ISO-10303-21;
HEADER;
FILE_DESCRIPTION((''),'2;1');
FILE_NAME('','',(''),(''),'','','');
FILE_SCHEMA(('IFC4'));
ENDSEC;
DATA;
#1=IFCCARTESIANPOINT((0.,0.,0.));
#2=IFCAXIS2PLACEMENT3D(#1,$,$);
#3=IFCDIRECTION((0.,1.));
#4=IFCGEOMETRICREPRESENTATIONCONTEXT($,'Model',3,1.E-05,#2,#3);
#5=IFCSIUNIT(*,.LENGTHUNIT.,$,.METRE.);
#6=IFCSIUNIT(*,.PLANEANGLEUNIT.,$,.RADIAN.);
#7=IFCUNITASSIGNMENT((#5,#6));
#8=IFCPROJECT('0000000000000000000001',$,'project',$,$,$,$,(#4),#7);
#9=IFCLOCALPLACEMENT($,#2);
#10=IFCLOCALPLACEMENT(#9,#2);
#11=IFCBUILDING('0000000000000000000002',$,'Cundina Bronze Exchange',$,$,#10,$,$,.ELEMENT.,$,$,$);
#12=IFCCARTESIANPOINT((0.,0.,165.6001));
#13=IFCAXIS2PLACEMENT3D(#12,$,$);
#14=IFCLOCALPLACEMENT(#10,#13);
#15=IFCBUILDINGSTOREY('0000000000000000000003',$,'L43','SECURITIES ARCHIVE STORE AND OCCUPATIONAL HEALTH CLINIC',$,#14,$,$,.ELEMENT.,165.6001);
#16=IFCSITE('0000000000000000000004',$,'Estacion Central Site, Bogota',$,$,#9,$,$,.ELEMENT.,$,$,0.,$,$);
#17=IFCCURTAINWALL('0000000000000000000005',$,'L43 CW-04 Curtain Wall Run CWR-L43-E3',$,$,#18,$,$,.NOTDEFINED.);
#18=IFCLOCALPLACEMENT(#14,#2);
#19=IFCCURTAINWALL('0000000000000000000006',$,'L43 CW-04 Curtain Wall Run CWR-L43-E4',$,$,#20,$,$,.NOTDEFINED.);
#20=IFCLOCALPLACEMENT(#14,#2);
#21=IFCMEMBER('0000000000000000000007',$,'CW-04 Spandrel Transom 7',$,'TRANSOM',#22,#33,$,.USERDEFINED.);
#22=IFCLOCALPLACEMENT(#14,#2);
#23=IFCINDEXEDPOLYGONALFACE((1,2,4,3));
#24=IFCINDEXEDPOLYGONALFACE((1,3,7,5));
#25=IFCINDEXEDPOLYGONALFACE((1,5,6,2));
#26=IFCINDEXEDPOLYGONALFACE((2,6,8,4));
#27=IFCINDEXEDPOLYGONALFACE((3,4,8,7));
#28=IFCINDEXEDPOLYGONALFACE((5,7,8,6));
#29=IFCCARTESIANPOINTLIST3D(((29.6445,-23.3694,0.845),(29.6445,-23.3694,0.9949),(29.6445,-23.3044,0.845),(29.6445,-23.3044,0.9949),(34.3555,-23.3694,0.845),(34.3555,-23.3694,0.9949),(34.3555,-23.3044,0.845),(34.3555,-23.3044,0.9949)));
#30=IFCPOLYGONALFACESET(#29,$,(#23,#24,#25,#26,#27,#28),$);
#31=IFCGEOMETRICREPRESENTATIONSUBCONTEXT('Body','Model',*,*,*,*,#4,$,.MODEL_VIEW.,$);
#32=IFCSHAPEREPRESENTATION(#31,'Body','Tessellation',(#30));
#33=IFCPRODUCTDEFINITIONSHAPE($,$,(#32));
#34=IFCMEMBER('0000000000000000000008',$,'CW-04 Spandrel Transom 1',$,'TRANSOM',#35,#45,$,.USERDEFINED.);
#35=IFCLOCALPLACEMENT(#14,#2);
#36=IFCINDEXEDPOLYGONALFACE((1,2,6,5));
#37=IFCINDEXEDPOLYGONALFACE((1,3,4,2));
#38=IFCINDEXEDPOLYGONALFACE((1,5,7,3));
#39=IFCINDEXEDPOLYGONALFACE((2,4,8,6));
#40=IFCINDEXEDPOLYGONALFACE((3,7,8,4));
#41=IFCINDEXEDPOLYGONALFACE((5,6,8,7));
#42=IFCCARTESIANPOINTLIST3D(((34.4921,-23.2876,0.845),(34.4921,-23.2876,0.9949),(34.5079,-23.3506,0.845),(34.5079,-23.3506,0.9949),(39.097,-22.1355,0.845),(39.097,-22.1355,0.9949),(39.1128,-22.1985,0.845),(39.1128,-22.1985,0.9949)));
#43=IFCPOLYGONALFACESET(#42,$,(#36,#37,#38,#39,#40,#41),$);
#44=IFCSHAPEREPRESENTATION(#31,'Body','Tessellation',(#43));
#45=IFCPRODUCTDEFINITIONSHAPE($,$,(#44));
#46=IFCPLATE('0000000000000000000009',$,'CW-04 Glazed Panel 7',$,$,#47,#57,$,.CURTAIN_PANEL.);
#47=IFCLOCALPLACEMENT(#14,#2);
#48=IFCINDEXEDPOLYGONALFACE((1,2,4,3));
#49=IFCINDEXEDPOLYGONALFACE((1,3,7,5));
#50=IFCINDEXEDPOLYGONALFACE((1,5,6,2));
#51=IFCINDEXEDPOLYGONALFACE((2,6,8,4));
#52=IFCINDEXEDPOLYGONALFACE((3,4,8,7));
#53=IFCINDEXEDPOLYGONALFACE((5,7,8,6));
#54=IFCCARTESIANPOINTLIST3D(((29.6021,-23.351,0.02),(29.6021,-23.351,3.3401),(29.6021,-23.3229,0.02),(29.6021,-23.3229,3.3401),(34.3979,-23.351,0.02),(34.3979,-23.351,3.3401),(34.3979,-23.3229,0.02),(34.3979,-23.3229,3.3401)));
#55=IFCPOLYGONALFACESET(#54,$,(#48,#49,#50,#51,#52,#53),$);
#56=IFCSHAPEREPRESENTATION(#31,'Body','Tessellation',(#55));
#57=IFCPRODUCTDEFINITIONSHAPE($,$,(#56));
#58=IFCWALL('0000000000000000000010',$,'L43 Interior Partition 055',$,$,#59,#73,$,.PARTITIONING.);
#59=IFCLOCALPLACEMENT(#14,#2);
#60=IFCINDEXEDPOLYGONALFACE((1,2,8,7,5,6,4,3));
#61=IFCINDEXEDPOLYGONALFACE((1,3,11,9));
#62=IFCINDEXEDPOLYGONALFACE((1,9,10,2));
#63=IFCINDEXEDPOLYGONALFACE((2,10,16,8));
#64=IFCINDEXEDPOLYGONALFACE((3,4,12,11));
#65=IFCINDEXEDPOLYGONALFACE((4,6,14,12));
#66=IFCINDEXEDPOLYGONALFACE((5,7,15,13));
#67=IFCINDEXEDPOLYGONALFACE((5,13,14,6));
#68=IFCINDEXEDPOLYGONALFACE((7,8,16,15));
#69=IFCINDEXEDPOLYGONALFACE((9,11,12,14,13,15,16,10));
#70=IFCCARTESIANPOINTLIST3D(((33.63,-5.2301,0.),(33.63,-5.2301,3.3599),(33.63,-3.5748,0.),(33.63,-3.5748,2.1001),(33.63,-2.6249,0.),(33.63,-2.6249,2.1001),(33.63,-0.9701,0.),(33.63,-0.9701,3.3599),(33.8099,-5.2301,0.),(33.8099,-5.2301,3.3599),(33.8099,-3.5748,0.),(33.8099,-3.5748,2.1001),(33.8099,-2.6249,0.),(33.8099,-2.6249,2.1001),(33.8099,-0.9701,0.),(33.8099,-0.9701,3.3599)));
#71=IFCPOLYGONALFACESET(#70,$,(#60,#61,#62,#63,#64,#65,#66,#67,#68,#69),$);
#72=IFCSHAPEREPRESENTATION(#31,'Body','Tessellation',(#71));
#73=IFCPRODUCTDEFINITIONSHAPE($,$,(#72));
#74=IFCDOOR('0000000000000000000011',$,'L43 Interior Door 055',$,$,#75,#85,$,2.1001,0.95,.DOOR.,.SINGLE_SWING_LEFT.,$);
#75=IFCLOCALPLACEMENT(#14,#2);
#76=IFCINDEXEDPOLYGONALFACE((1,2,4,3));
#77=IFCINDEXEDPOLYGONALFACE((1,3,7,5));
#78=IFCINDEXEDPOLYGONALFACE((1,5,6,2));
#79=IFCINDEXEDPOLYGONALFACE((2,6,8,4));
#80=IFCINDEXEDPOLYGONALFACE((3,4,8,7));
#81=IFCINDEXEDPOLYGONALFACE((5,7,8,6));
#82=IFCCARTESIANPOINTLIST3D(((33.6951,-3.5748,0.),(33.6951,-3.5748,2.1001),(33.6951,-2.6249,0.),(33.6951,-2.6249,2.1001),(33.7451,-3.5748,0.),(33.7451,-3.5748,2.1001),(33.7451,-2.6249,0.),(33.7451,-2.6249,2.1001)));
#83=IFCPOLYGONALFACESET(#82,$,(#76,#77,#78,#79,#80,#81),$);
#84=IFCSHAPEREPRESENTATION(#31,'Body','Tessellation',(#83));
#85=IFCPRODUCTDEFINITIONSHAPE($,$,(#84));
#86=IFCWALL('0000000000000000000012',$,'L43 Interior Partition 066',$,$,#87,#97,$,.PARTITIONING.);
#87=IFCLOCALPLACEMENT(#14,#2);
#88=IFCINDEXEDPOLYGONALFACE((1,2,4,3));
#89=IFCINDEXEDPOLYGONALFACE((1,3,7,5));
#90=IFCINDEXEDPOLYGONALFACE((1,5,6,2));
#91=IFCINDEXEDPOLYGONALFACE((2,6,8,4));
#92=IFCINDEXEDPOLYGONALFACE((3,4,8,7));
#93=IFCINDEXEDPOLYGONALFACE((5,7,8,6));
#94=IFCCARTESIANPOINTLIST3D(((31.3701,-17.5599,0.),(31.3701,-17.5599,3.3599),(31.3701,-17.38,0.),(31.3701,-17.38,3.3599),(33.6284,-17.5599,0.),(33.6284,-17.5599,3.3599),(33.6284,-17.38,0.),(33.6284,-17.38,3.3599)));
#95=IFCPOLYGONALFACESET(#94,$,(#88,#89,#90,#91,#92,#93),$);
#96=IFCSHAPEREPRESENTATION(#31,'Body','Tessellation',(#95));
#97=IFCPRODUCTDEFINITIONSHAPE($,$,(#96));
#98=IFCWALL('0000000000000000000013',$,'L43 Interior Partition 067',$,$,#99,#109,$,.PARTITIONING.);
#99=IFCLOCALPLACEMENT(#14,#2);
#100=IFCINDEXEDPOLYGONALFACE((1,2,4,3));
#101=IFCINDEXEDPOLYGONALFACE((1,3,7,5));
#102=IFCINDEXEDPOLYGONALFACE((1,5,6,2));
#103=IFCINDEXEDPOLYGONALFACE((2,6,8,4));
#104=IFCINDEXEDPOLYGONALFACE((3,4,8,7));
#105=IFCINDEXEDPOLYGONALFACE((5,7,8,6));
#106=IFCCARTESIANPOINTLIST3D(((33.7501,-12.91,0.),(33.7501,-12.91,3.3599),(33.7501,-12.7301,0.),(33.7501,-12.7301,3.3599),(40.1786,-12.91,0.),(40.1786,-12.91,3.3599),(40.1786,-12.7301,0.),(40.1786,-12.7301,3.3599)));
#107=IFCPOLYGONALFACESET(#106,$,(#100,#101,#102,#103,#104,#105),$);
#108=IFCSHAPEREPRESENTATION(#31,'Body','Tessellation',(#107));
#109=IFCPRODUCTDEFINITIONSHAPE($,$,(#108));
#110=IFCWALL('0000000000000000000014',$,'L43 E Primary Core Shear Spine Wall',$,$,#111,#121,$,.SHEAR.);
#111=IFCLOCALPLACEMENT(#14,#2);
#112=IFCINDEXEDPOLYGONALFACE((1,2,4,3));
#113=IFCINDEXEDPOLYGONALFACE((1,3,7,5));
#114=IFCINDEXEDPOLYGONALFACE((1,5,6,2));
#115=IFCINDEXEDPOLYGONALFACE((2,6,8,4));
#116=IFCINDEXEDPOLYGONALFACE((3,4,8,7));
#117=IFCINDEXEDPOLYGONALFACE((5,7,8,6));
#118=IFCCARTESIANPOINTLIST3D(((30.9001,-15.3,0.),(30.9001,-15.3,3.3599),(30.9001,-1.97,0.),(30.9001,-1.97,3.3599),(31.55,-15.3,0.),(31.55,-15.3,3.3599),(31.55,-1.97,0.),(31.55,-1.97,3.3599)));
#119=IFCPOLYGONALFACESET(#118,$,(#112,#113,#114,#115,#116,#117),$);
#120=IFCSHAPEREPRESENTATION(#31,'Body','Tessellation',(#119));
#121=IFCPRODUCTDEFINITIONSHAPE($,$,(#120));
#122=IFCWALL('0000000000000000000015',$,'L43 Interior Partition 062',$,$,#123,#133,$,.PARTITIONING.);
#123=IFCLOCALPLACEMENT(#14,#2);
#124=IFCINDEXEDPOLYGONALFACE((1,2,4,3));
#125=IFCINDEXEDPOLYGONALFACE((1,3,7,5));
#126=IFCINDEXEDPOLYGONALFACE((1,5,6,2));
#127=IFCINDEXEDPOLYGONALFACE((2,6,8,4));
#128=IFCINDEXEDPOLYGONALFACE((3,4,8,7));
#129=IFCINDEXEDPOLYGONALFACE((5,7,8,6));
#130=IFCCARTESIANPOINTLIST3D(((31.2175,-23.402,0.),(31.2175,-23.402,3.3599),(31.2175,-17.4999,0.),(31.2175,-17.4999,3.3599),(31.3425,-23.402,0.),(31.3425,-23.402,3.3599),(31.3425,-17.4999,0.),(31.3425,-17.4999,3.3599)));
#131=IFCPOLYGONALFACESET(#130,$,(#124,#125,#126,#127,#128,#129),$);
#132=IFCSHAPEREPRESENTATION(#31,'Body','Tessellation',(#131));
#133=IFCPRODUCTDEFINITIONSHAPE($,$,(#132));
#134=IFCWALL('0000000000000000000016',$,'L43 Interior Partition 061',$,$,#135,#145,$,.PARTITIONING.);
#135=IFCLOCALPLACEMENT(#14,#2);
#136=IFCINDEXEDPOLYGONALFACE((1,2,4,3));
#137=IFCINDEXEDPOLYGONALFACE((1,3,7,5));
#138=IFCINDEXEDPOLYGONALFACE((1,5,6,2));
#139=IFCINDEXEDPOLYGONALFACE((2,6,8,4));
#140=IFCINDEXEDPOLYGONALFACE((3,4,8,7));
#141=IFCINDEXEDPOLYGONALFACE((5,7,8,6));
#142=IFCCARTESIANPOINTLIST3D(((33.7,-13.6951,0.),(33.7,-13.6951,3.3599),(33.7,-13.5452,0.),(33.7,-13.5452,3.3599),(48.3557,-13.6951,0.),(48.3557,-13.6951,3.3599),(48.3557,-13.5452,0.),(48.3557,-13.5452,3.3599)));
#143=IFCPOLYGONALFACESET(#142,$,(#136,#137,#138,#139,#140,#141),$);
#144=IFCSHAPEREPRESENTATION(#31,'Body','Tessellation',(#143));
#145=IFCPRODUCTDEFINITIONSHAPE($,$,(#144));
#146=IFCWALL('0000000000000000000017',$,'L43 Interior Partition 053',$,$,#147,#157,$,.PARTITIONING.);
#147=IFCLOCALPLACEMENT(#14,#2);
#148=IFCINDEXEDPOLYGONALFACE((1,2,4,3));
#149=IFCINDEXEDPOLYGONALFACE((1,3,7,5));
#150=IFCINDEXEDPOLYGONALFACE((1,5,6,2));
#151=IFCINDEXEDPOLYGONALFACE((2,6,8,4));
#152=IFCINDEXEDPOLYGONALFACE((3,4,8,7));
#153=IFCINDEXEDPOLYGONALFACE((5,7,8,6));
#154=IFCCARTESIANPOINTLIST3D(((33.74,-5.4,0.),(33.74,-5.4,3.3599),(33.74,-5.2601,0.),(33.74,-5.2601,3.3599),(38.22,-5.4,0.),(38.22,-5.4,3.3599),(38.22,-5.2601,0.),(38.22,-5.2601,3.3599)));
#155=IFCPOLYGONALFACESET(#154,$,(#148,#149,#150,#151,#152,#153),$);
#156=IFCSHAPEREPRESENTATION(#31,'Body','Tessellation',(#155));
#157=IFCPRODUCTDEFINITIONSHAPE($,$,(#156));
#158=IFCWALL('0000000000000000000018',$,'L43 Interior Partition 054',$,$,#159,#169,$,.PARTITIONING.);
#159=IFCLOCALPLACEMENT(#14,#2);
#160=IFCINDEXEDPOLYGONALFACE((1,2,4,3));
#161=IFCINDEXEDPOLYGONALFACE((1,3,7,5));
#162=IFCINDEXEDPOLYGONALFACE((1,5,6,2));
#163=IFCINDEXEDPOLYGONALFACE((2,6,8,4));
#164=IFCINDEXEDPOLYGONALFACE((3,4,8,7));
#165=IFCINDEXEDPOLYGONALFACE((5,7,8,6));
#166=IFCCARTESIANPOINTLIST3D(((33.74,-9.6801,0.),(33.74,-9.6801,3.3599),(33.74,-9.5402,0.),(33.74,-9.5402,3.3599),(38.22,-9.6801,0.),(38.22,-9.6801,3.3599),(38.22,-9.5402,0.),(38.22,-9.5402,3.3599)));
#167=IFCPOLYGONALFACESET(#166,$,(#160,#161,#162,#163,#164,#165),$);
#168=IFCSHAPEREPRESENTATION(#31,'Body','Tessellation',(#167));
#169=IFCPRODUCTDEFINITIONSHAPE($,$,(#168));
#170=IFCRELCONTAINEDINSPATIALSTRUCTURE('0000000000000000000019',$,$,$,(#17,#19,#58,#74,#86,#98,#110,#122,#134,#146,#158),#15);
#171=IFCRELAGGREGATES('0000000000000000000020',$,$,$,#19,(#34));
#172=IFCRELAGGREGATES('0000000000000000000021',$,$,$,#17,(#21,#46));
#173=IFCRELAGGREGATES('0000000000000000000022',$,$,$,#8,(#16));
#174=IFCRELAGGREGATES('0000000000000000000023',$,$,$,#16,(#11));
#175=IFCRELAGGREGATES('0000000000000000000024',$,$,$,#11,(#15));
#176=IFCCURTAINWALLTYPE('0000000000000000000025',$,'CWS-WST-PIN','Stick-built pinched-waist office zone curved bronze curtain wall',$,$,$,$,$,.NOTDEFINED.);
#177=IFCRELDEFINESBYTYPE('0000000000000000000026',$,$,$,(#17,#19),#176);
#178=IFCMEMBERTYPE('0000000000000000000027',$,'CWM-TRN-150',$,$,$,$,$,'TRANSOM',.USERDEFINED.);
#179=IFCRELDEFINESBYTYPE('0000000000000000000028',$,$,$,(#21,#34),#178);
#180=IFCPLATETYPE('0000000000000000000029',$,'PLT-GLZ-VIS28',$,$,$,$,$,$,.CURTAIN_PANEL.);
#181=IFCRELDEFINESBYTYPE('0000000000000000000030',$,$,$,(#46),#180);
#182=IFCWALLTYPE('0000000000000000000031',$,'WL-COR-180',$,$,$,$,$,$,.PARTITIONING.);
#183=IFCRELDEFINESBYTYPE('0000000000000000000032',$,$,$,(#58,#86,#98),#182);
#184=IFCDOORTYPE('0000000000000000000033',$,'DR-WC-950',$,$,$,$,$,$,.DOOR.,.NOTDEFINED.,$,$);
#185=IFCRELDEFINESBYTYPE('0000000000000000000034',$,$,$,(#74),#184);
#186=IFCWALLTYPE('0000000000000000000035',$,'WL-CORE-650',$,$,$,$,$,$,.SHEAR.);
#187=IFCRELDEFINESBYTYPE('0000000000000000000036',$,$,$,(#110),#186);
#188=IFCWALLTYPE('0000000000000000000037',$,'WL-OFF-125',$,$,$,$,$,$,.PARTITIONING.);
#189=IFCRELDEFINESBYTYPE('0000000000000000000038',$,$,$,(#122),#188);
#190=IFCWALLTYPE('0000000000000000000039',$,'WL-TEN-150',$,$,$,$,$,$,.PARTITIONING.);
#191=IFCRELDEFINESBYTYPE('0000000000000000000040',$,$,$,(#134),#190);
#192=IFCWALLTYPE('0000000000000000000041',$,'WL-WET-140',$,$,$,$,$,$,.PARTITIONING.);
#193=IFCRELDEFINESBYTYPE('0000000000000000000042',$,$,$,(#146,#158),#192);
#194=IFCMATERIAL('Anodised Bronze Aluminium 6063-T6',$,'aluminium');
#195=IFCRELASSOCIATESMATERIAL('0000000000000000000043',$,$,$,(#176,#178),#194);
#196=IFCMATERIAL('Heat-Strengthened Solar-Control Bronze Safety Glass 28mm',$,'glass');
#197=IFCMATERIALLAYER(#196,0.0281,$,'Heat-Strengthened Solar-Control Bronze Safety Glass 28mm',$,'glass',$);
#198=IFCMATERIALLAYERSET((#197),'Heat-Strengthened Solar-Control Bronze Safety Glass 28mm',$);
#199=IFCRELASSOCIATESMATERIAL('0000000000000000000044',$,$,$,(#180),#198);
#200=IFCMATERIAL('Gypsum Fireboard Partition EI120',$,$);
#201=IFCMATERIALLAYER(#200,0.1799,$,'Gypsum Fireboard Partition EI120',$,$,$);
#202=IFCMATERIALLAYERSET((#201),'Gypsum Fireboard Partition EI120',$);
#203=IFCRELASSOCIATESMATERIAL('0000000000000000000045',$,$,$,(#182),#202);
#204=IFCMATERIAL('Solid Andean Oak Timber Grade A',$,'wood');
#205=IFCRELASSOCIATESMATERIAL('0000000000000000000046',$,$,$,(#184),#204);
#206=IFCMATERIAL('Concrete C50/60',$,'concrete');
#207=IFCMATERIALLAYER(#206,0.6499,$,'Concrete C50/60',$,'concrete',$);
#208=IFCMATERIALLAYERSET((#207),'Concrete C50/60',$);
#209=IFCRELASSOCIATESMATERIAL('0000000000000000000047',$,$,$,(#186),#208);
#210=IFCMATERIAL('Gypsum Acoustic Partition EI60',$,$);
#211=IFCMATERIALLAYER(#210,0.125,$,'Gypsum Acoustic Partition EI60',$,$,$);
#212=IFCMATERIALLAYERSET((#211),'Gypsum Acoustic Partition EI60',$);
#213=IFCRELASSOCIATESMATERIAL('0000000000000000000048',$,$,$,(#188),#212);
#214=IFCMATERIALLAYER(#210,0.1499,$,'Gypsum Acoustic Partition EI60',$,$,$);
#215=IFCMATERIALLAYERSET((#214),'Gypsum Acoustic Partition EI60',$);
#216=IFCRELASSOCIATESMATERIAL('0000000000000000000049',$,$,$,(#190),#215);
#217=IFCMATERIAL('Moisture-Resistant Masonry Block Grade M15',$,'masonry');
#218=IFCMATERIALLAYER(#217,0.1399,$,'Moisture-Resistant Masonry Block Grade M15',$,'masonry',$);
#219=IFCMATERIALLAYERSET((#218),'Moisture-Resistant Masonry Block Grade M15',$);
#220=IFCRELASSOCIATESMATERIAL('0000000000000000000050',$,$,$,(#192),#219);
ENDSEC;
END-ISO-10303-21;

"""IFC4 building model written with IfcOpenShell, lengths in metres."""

from ifc_helpers import new_model, si_unit, direction, frame, frame_2d, origin, origin_2d, place, context, subcontext, project, spatial, rectangle, extrude, material, layer, layer_set, material_profile, profile_set, type_object, element, fill, aggregate, save


model = new_model("IFC4")

# Units and contexts
model_context = context("Model", 3, precision=1e-05, world=origin(), true_north=direction((0.0, 1.0)))
body_context = subcontext(model_context, "Body", "Model", "MODEL_VIEW")
ifc_project = project(units=[si_unit("LENGTHUNIT", "METRE"), si_unit("PLANEANGLEUNIT", "RADIAN")], contexts=[model_context])

# Site, building, storey
site_placement = place(None, origin())
site = spatial("IfcSite", under=ifc_project, at=site_placement, Name="Estacion Central Site, Bogota", CompositionType="ELEMENT", RefElevation=0.0)
building_placement = place(site_placement, origin())
building = spatial("IfcBuilding", under=site, at=building_placement, Name="Cundina Bronze Exchange", CompositionType="ELEMENT")
storey_placement = place(building_placement, frame((0.0, 0.0, 165.6001)))
storey = spatial("IfcBuildingStorey", under=building, at=storey_placement, Name="L43", Description="SECURITIES ARCHIVE STORE AND OCCUPATIONAL HEALTH CLINIC", CompositionType="ELEMENT", Elevation=165.6001)

# Shared definitions
ifc_material_1 = material(Name="Concrete C50/60", Category="concrete")

# Curtain wall
ifc_material_2 = material(Name="Anodised Bronze Aluminium 6063-T6", Category="aluminium")
curtain_wall_type = type_object("IfcCurtainWallType", Name="CWS-WST-PIN", Description="Stick-built pinched-waist office zone curved bronze curtain wall", PredefinedType="NOTDEFINED", material=ifc_material_2)
curtain_wall_1_placement = place(storey_placement, origin())
curtain_wall_1 = element("IfcCurtainWall", 1, at=curtain_wall_1_placement, inside=storey, type_object=curtain_wall_type, Name="L43 CW-04 Curtain Wall Run CWR-L43-E3", PredefinedType="NOTDEFINED")

# Curtain wall
curtain_wall_2_placement = place(storey_placement, origin())
curtain_wall_2 = element("IfcCurtainWall", 2, at=curtain_wall_2_placement, inside=storey, type_object=curtain_wall_type, Name="L43 CW-04 Curtain Wall Run CWR-L43-E4", PredefinedType="NOTDEFINED")

# Members
ifc_material_profile_1 = material_profile(ifc_material_2, rectangle(XDim=0.0649, YDim=0.1499, at=origin_2d()), Name="AL65X150", Category="aluminium")
ifc_profile_set_1 = profile_set([ifc_material_profile_1], Name="Anodised Bronze Aluminium 6063-T6")
member_type_1 = type_object("IfcMemberType", Name="CWM-TRN-150", ElementType="TRANSOM", PredefinedType="USERDEFINED", material=ifc_profile_set_1)
member_1_placement = place(storey_placement, frame((29.6445, -23.3369, 0.9199), z_axis=(1.0, 0.0, 0.0), x_axis=(0.0, 1.0, 0.0)))
member_1 = element("IfcMember", 3, at=member_1_placement, type_object=member_type_1, Name="CW-04 Spandrel Transom 7", ObjectType="TRANSOM", PredefinedType="USERDEFINED", context=body_context, shape_type="SweptSolid", body=[
    extrude(rectangle(XDim=0.0649, YDim=0.1499, at=origin_2d()), origin(), (0.0, 0.0, 1.0), 4.7109),
])
member_2_placement = place(storey_placement, frame((34.5, -23.3191, 0.9199), z_axis=(0.9701, 0.242705, 0.0), x_axis=(-0.242705, 0.9701, 0.0)))
member_2 = element("IfcMember", 4, at=member_2_placement, type_object=member_type_1, Name="CW-04 Spandrel Transom 1", ObjectType="TRANSOM", PredefinedType="USERDEFINED", context=body_context, shape_type="SweptSolid", body=[
    extrude(rectangle(XDim=0.0649, YDim=0.1499, at=origin_2d()), origin(), (0.0, 0.0, 1.0), 4.7468),
])
aggregate(curtain_wall_2, [member_2])

# Plate
ifc_material_3 = material(Name="Heat-Strengthened Solar-Control Bronze Safety Glass 28mm", Category="glass")
ifc_layer_1 = layer(ifc_material_3, 0.0281, Name="Heat-Strengthened Solar-Control Bronze Safety Glass 28mm", Category="glass")
ifc_layer_set_1 = layer_set([ifc_layer_1], Name="Heat-Strengthened Solar-Control Bronze Safety Glass 28mm")
plate_type = type_object("IfcPlateType", Name="PLT-GLZ-VIS28", PredefinedType="CURTAIN_PANEL", material=ifc_layer_set_1)
plate_placement = place(storey_placement, frame((32.0, -23.3369, 0.02), z_axis=(0.0, 0.0, 1.0), x_axis=(1.0, 0.0, 0.0)))
plate = element("IfcPlate", 5, at=plate_placement, type_object=plate_type, Name="CW-04 Glazed Panel 7", PredefinedType="CURTAIN_PANEL", context=body_context, shape_type="SweptSolid", body=[
    extrude(rectangle(XDim=4.7959, YDim=0.0281, at=origin_2d()), origin(), (0.0, 0.0, 1.0), 3.3201),
])
aggregate(curtain_wall_1, [member_1, plate])

# Wall, opening, door
ifc_material_4 = material(Name="Gypsum Fireboard Partition EI120")
ifc_layer_2 = layer(ifc_material_4, 0.1799, Name="Gypsum Fireboard Partition EI120")
ifc_layer_set_2 = layer_set([ifc_layer_2], Name="Gypsum Fireboard Partition EI120")
wall_type_1 = type_object("IfcWallType", Name="WL-COR-180", PredefinedType="PARTITIONING", material=ifc_layer_set_2)
wall_1_placement = place(storey_placement, frame((33.72, -5.23, 0.0), z_axis=(0.0, 0.0, 1.0), x_axis=(0.0, 1.0, 0.0)))
wall_1 = element("IfcWall", 6, at=wall_1_placement, inside=storey, type_object=wall_type_1, Name="L43 Interior Partition 055", PredefinedType="PARTITIONING", context=body_context, shape_type="SweptSolid", body=[
    extrude(rectangle(XDim=4.26, YDim=0.1799, at=frame_2d((2.1299, 0.0))), origin(), (0.0, 0.0, 1.0), 3.3599),
])
opening_1_placement = place(wall_1_placement, frame((1.655, 0.0, 0.0)))
opening_1 = element("IfcOpeningElement", 7, at=opening_1_placement, cuts=wall_1, PredefinedType="OPENING", context=body_context, shape_type="SweptSolid", body=[
    extrude(rectangle(XDim=0.95, YDim=2.1001, at=frame_2d((0.4751, 1.05))), frame((0.0, 0.0999, 0.0), z_axis=(0.0, -1.0, 0.0), x_axis=(1.0, 0.0, 0.0)), (0.0, 0.0, 1.0), 0.2),
])
ifc_material_5 = material(Name="Solid Andean Oak Timber Grade A", Category="wood")
door_type_1 = type_object("IfcDoorType", Name="DR-WC-950", OperationType="NOTDEFINED", PredefinedType="DOOR", material=ifc_material_5)
door_1_placement = place(opening_1_placement, origin())
door_1 = element("IfcDoor", 8, at=door_1_placement, inside=storey, type_object=door_type_1, Name="L43 Interior Door 055", OperationType="SINGLE_SWING_LEFT", OverallHeight=2.1001, OverallWidth=0.95, PredefinedType="DOOR", context=body_context, shape_type="SweptSolid", body=[
    extrude(rectangle(XDim=0.95, YDim=2.1001, at=frame_2d((0.4751, 1.05))), frame((0.0, 0.0249, 0.0), z_axis=(0.0, -1.0, 0.0), x_axis=(1.0, 0.0, 0.0)), (0.0, 0.0, 1.0), 0.05),
])
fill(opening_1, door_1)

# Walls
wall_2_placement = place(storey_placement, frame((31.3701, -17.47, 0.0), z_axis=(0.0, 0.0, 1.0), x_axis=(1.0, 0.0, 0.0)))
element("IfcWall", 9, at=wall_2_placement, inside=storey, type_object=wall_type_1, Name="L43 Interior Partition 066", PredefinedType="PARTITIONING", context=body_context, shape_type="SweptSolid", body=[
    extrude(rectangle(XDim=2.2583, YDim=0.1799, at=frame_2d((1.1292, 0.0))), origin(), (0.0, 0.0, 1.0), 3.3599),
])
wall_3_placement = place(storey_placement, frame((33.75, -12.8201, 0.0), z_axis=(0.0, 0.0, 1.0), x_axis=(1.0, 0.0, 0.0)))
element("IfcWall", 10, at=wall_3_placement, inside=storey, type_object=wall_type_1, Name="L43 Interior Partition 067", PredefinedType="PARTITIONING", context=body_context, shape_type="SweptSolid", body=[
    extrude(rectangle(XDim=6.4285, YDim=0.1799, at=frame_2d((3.2144, 0.0))), origin(), (0.0, 0.0, 1.0), 3.3599),
])
ifc_layer_3 = layer(ifc_material_1, 0.6499, Name="Concrete C50/60", Category="concrete")
ifc_layer_set_3 = layer_set([ifc_layer_3], Name="Concrete C50/60")
wall_type_2 = type_object("IfcWallType", Name="WL-CORE-650", PredefinedType="SHEAR", material=ifc_layer_set_3)
wall_4_placement = place(storey_placement, frame((31.2251, -15.3, 0.0), z_axis=(0.0, 0.0, 1.0), x_axis=(0.0, 1.0, 0.0)))
element("IfcWall", 11, at=wall_4_placement, inside=storey, type_object=wall_type_2, Name="L43 E Primary Core Shear Spine Wall", PredefinedType="SHEAR", context=body_context, shape_type="SweptSolid", body=[
    extrude(rectangle(XDim=13.3301, YDim=0.6499, at=frame_2d((6.665, 0.0))), origin(), (0.0, 0.0, 1.0), 3.3599),
])
ifc_material_6 = material(Name="Gypsum Acoustic Partition EI60")
ifc_layer_4 = layer(ifc_material_6, 0.125, Name="Gypsum Acoustic Partition EI60")
ifc_layer_set_4 = layer_set([ifc_layer_4], Name="Gypsum Acoustic Partition EI60")
wall_type_3 = type_object("IfcWallType", Name="WL-OFF-125", PredefinedType="PARTITIONING", material=ifc_layer_set_4)
wall_5_placement = place(storey_placement, frame((31.28, -23.4021, 0.0), z_axis=(0.0, 0.0, 1.0), x_axis=(0.0, 1.0, 0.0)))
element("IfcWall", 12, at=wall_5_placement, inside=storey, type_object=wall_type_3, Name="L43 Interior Partition 062", PredefinedType="PARTITIONING", context=body_context, shape_type="SweptSolid", body=[
    extrude(rectangle(XDim=5.9021, YDim=0.125, at=frame_2d((2.9512, 0.0))), origin(), (0.0, 0.0, 1.0), 3.3599),
])
ifc_layer_5 = layer(ifc_material_6, 0.1499, Name="Gypsum Acoustic Partition EI60")
ifc_layer_set_5 = layer_set([ifc_layer_5], Name="Gypsum Acoustic Partition EI60")
wall_type_4 = type_object("IfcWallType", Name="WL-TEN-150", PredefinedType="PARTITIONING", material=ifc_layer_set_5)
wall_6_placement = place(storey_placement, frame((33.7, -13.6201, 0.0), z_axis=(0.0, 0.0, 1.0), x_axis=(1.0, 0.0, 0.0)))
element("IfcWall", 13, at=wall_6_placement, inside=storey, type_object=wall_type_4, Name="L43 Interior Partition 061", PredefinedType="PARTITIONING", context=body_context, shape_type="SweptSolid", body=[
    extrude(rectangle(XDim=14.6558, YDim=0.1499, at=frame_2d((7.3279, 0.0))), origin(), (0.0, 0.0, 1.0), 3.3599),
])
ifc_material_7 = material(Name="Moisture-Resistant Masonry Block Grade M15", Category="masonry")
ifc_layer_6 = layer(ifc_material_7, 0.1399, Name="Moisture-Resistant Masonry Block Grade M15", Category="masonry")
ifc_layer_set_6 = layer_set([ifc_layer_6], Name="Moisture-Resistant Masonry Block Grade M15")
wall_type_5 = type_object("IfcWallType", Name="WL-WET-140", PredefinedType="PARTITIONING", material=ifc_layer_set_6)
for number, where, z_axis, x_axis, name in (
    (14, (33.74, -5.3301, 0.0), (0.0, 0.0, 1.0), (1.0, 0.0, 0.0), "L43 Interior Partition 053"),
    (15, (33.74, -9.6101, 0.0), (0.0, 0.0, 1.0), (1.0, 0.0, 0.0), "L43 Interior Partition 054"),
):
    element("IfcWall", number, at=place(storey_placement, frame(where, z_axis=z_axis, x_axis=x_axis)), inside=storey, type_object=wall_type_5, Name=name, PredefinedType="PARTITIONING", context=body_context, shape_type="SweptSolid", body=[
        extrude(rectangle(XDim=4.48, YDim=0.1399, at=frame_2d((2.24, 0.0))), origin(), (0.0, 0.0, 1.0), 3.3599),
    ])

save(model, "model.ifc")
